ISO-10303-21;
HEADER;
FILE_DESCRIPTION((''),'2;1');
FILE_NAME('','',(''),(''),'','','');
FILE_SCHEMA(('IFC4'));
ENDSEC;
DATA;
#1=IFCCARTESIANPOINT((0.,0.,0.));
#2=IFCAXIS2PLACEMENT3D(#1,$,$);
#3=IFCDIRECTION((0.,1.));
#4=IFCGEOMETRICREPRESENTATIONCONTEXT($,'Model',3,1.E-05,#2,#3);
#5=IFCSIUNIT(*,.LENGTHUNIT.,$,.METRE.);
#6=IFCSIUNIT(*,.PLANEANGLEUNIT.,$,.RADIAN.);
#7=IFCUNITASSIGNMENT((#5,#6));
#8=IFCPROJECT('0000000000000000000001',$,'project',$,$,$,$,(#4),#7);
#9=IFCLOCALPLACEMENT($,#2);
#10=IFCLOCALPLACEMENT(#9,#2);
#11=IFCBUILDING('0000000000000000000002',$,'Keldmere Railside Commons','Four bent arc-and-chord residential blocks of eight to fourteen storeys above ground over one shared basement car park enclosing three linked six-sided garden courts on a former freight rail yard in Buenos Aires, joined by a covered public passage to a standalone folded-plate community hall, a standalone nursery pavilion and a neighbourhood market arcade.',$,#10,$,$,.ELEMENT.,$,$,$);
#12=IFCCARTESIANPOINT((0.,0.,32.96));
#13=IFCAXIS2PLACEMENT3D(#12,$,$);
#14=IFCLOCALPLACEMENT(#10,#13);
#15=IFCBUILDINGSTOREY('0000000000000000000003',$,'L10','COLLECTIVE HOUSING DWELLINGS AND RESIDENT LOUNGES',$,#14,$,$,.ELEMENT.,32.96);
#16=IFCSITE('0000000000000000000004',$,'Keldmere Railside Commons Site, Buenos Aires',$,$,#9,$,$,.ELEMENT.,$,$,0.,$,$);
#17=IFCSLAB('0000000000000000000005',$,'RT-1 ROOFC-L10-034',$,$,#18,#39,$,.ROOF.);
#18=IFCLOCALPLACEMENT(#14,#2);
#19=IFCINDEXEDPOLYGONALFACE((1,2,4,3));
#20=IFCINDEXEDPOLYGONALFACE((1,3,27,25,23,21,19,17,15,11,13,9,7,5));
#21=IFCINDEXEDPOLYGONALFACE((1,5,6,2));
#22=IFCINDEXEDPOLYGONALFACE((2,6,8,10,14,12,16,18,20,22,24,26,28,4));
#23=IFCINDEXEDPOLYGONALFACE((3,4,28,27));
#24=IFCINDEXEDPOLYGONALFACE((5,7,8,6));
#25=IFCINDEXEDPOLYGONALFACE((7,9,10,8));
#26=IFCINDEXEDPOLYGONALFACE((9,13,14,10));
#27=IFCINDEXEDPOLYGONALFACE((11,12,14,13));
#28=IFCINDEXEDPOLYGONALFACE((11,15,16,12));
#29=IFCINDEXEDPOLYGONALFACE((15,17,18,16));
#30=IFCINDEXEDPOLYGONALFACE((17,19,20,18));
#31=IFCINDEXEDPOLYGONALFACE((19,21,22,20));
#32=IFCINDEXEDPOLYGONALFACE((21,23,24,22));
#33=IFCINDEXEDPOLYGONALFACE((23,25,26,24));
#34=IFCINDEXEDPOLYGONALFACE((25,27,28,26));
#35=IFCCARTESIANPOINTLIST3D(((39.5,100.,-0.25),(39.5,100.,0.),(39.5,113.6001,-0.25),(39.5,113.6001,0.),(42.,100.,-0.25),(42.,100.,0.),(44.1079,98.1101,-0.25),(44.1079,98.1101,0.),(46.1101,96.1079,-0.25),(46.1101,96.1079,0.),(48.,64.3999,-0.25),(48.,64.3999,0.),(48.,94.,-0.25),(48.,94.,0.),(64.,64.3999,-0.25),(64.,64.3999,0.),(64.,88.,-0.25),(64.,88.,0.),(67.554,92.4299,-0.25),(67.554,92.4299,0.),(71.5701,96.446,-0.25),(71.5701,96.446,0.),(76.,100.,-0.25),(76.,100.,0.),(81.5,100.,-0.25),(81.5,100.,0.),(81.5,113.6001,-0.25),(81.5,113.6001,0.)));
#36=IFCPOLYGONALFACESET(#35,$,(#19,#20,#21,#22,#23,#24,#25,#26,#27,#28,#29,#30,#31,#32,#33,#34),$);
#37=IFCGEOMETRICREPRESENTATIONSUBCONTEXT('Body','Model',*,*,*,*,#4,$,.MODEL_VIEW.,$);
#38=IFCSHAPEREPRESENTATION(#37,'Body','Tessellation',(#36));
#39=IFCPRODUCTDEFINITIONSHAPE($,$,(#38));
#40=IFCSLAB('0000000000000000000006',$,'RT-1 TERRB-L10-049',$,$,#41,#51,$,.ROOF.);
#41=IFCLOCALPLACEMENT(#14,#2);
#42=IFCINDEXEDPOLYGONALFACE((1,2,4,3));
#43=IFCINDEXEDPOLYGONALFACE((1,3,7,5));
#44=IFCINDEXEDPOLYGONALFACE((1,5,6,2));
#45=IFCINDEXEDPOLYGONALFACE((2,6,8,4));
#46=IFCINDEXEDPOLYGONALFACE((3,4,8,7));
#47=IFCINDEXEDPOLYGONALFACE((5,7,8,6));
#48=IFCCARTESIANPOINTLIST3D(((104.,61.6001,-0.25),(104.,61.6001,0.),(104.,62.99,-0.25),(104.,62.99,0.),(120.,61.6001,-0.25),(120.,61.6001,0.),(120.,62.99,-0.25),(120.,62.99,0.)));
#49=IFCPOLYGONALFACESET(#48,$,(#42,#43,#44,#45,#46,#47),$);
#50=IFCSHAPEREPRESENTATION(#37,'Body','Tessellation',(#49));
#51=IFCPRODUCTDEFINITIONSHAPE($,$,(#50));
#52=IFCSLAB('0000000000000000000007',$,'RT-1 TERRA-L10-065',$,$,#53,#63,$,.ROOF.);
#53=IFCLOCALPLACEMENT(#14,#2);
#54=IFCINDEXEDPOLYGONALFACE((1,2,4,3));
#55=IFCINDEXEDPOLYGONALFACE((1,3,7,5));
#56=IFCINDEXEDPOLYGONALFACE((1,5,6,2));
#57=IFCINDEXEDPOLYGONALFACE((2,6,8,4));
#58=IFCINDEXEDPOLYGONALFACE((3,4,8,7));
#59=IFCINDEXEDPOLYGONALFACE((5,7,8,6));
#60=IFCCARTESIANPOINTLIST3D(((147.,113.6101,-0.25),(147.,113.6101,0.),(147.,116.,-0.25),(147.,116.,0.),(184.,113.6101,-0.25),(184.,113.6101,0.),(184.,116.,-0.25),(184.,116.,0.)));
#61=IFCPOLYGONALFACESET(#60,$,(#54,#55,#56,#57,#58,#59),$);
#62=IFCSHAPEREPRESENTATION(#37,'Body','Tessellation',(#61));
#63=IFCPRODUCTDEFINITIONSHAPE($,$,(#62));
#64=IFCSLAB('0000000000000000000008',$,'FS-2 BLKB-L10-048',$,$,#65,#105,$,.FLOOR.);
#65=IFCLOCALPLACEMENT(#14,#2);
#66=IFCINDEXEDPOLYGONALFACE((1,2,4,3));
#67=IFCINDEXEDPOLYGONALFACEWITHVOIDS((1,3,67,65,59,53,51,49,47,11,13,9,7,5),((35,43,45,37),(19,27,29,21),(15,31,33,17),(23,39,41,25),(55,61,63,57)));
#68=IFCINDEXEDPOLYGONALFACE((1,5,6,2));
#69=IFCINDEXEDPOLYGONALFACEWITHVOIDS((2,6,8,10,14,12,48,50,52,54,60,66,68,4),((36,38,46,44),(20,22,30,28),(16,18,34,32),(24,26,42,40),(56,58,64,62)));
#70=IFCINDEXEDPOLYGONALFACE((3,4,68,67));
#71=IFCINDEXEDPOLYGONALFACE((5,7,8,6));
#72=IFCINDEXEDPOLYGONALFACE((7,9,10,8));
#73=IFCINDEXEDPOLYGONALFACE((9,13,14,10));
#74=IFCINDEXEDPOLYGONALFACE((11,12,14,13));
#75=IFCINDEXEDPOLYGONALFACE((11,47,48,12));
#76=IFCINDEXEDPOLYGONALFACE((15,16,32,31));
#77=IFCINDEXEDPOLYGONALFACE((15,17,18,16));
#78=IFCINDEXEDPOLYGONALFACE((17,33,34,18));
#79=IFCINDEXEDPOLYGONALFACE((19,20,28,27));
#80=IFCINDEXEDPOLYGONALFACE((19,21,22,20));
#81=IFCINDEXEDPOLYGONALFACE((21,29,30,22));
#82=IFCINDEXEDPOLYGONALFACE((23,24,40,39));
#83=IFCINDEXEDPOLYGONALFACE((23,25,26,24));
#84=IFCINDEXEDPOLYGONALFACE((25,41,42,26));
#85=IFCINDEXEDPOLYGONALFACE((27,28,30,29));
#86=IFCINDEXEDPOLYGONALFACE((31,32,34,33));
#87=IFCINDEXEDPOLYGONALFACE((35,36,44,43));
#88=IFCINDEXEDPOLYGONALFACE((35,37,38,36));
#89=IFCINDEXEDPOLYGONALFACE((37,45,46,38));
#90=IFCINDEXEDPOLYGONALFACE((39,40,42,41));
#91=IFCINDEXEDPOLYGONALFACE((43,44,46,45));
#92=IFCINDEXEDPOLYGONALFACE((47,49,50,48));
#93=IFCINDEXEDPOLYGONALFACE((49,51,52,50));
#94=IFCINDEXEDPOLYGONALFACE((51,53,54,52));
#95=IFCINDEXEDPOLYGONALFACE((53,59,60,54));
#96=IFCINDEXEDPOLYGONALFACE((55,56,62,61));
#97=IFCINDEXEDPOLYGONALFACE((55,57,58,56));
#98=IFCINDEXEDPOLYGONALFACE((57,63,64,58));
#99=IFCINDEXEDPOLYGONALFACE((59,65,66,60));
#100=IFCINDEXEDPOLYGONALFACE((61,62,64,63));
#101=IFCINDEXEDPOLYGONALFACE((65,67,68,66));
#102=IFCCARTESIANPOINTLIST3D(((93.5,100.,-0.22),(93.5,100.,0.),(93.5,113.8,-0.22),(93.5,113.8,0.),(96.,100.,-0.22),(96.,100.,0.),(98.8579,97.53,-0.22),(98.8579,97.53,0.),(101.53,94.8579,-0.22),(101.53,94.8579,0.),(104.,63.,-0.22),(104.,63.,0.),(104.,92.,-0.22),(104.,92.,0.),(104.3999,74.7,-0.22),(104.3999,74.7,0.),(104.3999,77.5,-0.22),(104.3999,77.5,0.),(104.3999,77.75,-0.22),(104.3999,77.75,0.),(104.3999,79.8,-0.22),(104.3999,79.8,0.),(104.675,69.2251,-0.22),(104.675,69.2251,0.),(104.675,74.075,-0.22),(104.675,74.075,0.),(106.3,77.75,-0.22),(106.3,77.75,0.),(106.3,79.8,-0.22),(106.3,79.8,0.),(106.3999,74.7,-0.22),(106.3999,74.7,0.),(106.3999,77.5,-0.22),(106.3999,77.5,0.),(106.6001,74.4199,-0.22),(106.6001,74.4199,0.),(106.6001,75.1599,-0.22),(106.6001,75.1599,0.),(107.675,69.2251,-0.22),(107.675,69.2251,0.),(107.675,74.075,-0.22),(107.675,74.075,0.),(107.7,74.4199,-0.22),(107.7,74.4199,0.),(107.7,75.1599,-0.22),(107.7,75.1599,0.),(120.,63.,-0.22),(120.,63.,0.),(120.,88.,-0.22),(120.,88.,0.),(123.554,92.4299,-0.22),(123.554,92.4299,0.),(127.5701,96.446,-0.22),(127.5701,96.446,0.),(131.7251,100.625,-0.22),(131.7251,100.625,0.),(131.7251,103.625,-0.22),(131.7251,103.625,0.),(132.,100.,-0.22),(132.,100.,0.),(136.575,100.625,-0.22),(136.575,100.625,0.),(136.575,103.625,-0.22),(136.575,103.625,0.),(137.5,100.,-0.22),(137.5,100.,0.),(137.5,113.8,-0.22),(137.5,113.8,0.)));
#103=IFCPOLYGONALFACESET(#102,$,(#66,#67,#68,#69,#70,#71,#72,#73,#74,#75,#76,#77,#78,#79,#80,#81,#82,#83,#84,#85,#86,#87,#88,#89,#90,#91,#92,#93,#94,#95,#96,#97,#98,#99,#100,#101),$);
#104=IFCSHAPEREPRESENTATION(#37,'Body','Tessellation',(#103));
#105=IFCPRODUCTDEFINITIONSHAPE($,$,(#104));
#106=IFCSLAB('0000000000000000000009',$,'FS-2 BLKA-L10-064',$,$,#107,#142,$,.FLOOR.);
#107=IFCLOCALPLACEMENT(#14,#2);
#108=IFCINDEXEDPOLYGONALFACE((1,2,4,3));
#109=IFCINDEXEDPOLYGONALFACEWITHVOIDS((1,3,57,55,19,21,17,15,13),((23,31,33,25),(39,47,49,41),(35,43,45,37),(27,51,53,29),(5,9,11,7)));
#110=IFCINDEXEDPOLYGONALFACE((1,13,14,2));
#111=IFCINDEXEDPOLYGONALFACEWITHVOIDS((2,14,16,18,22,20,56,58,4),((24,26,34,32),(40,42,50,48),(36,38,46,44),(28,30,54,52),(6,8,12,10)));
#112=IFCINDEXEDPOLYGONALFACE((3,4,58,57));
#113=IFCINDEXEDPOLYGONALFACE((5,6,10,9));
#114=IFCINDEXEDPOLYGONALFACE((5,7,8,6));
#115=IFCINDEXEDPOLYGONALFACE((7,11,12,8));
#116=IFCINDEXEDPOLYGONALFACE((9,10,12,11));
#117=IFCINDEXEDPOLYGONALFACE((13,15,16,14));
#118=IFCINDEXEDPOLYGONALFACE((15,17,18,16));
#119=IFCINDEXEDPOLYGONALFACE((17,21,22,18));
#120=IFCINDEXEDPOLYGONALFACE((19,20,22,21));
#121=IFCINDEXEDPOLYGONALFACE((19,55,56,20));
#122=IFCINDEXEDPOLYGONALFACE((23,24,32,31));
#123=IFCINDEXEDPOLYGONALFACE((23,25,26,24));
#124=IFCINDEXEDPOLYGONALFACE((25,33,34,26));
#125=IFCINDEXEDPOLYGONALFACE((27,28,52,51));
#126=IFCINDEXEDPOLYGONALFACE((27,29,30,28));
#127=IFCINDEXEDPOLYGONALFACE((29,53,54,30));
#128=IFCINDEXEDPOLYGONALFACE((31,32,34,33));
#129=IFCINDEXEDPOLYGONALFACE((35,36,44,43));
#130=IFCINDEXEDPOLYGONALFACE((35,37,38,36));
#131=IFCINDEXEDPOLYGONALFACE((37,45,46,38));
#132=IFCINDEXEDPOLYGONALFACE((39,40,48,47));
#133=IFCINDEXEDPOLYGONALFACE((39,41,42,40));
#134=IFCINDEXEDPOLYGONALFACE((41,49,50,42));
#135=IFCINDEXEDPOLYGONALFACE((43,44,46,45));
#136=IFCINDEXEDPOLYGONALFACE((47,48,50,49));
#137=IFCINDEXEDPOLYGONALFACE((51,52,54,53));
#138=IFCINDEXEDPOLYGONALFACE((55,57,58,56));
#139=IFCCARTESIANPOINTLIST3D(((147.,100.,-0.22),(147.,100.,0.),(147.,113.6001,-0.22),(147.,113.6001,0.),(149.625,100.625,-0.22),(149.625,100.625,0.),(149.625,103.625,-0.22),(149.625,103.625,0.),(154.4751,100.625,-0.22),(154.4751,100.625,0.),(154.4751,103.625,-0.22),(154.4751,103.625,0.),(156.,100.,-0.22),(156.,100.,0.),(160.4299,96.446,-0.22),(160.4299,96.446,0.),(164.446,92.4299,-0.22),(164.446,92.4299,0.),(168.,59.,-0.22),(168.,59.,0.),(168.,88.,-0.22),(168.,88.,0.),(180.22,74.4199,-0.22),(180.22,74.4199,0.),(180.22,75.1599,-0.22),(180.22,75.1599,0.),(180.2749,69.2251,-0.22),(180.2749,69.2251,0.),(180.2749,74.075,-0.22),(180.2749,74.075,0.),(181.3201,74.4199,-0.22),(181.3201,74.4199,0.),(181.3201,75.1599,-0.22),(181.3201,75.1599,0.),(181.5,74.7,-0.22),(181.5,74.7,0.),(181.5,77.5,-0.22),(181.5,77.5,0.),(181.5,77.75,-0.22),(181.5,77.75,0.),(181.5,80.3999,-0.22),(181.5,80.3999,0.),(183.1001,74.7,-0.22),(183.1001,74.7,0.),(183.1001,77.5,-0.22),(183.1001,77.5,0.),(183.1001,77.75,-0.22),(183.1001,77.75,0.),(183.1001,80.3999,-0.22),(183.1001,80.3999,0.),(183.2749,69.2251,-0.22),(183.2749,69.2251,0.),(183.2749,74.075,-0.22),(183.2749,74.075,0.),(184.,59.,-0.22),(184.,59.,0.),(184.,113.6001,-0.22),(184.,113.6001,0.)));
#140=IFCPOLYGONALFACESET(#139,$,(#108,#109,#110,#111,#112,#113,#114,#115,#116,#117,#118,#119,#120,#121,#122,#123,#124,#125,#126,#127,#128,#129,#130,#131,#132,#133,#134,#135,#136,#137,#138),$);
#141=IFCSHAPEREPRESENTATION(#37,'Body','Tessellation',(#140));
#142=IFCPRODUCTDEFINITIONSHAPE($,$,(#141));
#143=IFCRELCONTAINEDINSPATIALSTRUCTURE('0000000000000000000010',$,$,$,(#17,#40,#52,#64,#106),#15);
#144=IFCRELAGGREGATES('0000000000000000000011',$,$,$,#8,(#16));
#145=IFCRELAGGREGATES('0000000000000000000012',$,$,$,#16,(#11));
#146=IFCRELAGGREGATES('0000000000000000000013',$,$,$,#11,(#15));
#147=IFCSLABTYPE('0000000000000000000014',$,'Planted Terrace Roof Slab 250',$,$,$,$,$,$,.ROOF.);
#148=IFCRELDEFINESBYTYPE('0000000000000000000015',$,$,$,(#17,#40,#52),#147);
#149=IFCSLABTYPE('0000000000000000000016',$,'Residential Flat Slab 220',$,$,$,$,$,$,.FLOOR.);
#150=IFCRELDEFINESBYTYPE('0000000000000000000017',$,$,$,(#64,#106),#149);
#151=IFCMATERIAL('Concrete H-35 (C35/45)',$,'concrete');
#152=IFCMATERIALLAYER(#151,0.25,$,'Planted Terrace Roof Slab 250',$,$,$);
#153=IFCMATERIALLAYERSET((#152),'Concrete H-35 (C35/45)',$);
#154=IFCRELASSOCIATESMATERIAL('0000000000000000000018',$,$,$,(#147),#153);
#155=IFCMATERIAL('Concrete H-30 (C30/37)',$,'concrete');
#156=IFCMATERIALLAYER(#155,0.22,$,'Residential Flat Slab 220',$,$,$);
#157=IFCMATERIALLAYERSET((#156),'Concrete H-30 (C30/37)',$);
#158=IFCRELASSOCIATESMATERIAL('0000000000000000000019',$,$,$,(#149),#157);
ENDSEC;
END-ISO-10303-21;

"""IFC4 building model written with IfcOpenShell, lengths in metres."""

from ifc_helpers import new_model, si_unit, direction, frame, origin, place, context, subcontext, project, spatial, polyline, outline, extrude, material, layer, layer_set, type_object, element, save


model = new_model("IFC4")

# Units and contexts
model_context = context("Model", 3, precision=1e-05, world=origin(), true_north=direction((0.0, 1.0)))
body_context = subcontext(model_context, "Body", "Model", "MODEL_VIEW")
ifc_project = project(units=[si_unit("LENGTHUNIT", "METRE"), si_unit("PLANEANGLEUNIT", "RADIAN")], contexts=[model_context])

# Site, building, storey
site_placement = place(None, origin())
site = spatial("IfcSite", under=ifc_project, at=site_placement, Name="Keldmere Railside Commons Site, Buenos Aires", CompositionType="ELEMENT", RefElevation=0.0)
building_placement = place(site_placement, origin())
building = spatial("IfcBuilding", under=site, at=building_placement, Name="Keldmere Railside Commons", Description="Four bent arc-and-chord residential blocks of eight to fourteen storeys above ground over one shared basement car park enclosing three linked six-sided garden courts on a former freight rail yard in Buenos Aires, joined by a covered public passage to a standalone folded-plate community hall, a standalone nursery pavilion and a neighbourhood market arcade.", CompositionType="ELEMENT")
storey_placement = place(building_placement, frame((0.0, 0.0, 32.96)))
storey = spatial("IfcBuildingStorey", under=building, at=storey_placement, Name="L10", Description="COLLECTIVE HOUSING DWELLINGS AND RESIDENT LOUNGES", CompositionType="ELEMENT", Elevation=32.96)

# Slabs
ifc_material_1 = material(Name="Concrete H-35 (C35/45)", Category="concrete")
ifc_layer_1 = layer(ifc_material_1, 0.25, Name="Planted Terrace Roof Slab 250")
ifc_layer_set_1 = layer_set([ifc_layer_1], Name="Concrete H-35 (C35/45)")
slab_type_1 = type_object("IfcSlabType", Name="Planted Terrace Roof Slab 250", PredefinedType="ROOF", material=ifc_layer_set_1)
slab_1_placement = place(storey_placement, frame((0.0, 0.0, -0.25)))
element("IfcSlab", 1, at=slab_1_placement, inside=storey, type_object=slab_type_1, Name="RT-1 ROOFC-L10-034", PredefinedType="ROOF", context=body_context, shape_type="SweptSolid", body=[
    extrude(outline(polyline([(48.0, 64.3999), (64.0, 64.3999), (64.0, 88.0), (67.554, 92.4299), (71.5701, 96.446), (76.0, 100.0), (81.5, 100.0), (81.5, 113.6001), (39.5, 113.6001), (39.5, 100.0), (42.0, 100.0), (44.1079, 98.1101), (46.1101, 96.1079), (48.0, 94.0), (48.0, 64.3999)])), origin(), (0.0, 0.0, 1.0), 0.25),
])
slab_2_placement = place(storey_placement, frame((0.0, 0.0, -0.25)))
element("IfcSlab", 2, at=slab_2_placement, inside=storey, type_object=slab_type_1, Name="RT-1 TERRB-L10-049", PredefinedType="ROOF", context=body_context, shape_type="SweptSolid", body=[
    extrude(outline(polyline([(120.0, 61.6001), (120.0, 62.99), (104.0, 62.99), (104.0, 61.6001), (120.0, 61.6001)])), origin(), (0.0, 0.0, 1.0), 0.25),
])
slab_3_placement = place(storey_placement, frame((0.0, 0.0, -0.25)))
element("IfcSlab", 3, at=slab_3_placement, inside=storey, type_object=slab_type_1, Name="RT-1 TERRA-L10-065", PredefinedType="ROOF", context=body_context, shape_type="SweptSolid", body=[
    extrude(outline(polyline([(147.0, 116.0), (147.0, 113.6101), (184.0, 113.6101), (184.0, 116.0), (147.0, 116.0)])), origin(), (0.0, 0.0, 1.0), 0.25),
])
ifc_material_2 = material(Name="Concrete H-30 (C30/37)", Category="concrete")
ifc_layer_2 = layer(ifc_material_2, 0.22, Name="Residential Flat Slab 220")
ifc_layer_set_2 = layer_set([ifc_layer_2], Name="Concrete H-30 (C30/37)")
slab_type_2 = type_object("IfcSlabType", Name="Residential Flat Slab 220", PredefinedType="FLOOR", material=ifc_layer_set_2)
slab_4_placement = place(storey_placement, frame((0.0, 0.0, -0.22)))
element("IfcSlab", 4, at=slab_4_placement, inside=storey, type_object=slab_type_2, Name="FS-2 BLKB-L10-048", PredefinedType="FLOOR", context=body_context, shape_type="SweptSolid", body=[
    extrude(outline(polyline([(104.0, 63.0), (120.0, 63.0), (120.0, 88.0), (123.554, 92.4299), (127.5701, 96.446), (132.0, 100.0), (137.5, 100.0), (137.5, 113.8), (93.5, 113.8), (93.5, 100.0), (96.0, 100.0), (98.8579, 97.53), (101.53, 94.8579), (104.0, 92.0), (104.0, 63.0)]), holes=[polyline([(107.675, 74.075), (107.675, 69.2251), (104.675, 69.2251), (104.675, 74.075), (107.675, 74.075)]), polyline([(107.7, 75.1599), (107.7, 74.4199), (106.6001, 74.4199), (106.6001, 75.1599), (107.7, 75.1599)]), polyline([(106.3999, 74.7), (104.3999, 74.7), (104.3999, 77.5), (106.3999, 77.5), (106.3999, 74.7)]), polyline([(106.3, 79.8), (106.3, 77.75), (104.3999, 77.75), (104.3999, 79.8), (106.3, 79.8)]), polyline([(131.7251, 100.625), (131.7251, 103.625), (136.575, 103.625), (136.575, 100.625), (131.7251, 100.625)])]), origin(), (0.0, 0.0, 1.0), 0.22),
])
slab_5_placement = place(storey_placement, frame((0.0, 0.0, -0.22)))
element("IfcSlab", 5, at=slab_5_placement, inside=storey, type_object=slab_type_2, Name="FS-2 BLKA-L10-064", PredefinedType="FLOOR", context=body_context, shape_type="SweptSolid", body=[
    extrude(outline(polyline([(168.0, 59.0), (184.0, 59.0), (184.0, 113.6001), (147.0, 113.6001), (147.0, 100.0), (156.0, 100.0), (160.4299, 96.446), (164.446, 92.4299), (168.0, 88.0), (168.0, 59.0)]), holes=[polyline([(183.2749, 74.075), (183.2749, 69.2251), (180.2749, 69.2251), (180.2749, 74.075), (183.2749, 74.075)]), polyline([(181.3201, 74.4199), (180.22, 74.4199), (180.22, 75.1599), (181.3201, 75.1599), (181.3201, 74.4199)]), polyline([(183.1001, 77.5), (183.1001, 74.7), (181.5, 74.7), (181.5, 77.5), (183.1001, 77.5)]), polyline([(183.1001, 80.3999), (183.1001, 77.75), (181.5, 77.75), (181.5, 80.3999), (183.1001, 80.3999)]), polyline([(149.625, 100.625), (149.625, 103.625), (154.4751, 103.625), (154.4751, 100.625), (149.625, 100.625)])]), origin(), (0.0, 0.0, 1.0), 0.22),
])

save(model, "model.ifc")
